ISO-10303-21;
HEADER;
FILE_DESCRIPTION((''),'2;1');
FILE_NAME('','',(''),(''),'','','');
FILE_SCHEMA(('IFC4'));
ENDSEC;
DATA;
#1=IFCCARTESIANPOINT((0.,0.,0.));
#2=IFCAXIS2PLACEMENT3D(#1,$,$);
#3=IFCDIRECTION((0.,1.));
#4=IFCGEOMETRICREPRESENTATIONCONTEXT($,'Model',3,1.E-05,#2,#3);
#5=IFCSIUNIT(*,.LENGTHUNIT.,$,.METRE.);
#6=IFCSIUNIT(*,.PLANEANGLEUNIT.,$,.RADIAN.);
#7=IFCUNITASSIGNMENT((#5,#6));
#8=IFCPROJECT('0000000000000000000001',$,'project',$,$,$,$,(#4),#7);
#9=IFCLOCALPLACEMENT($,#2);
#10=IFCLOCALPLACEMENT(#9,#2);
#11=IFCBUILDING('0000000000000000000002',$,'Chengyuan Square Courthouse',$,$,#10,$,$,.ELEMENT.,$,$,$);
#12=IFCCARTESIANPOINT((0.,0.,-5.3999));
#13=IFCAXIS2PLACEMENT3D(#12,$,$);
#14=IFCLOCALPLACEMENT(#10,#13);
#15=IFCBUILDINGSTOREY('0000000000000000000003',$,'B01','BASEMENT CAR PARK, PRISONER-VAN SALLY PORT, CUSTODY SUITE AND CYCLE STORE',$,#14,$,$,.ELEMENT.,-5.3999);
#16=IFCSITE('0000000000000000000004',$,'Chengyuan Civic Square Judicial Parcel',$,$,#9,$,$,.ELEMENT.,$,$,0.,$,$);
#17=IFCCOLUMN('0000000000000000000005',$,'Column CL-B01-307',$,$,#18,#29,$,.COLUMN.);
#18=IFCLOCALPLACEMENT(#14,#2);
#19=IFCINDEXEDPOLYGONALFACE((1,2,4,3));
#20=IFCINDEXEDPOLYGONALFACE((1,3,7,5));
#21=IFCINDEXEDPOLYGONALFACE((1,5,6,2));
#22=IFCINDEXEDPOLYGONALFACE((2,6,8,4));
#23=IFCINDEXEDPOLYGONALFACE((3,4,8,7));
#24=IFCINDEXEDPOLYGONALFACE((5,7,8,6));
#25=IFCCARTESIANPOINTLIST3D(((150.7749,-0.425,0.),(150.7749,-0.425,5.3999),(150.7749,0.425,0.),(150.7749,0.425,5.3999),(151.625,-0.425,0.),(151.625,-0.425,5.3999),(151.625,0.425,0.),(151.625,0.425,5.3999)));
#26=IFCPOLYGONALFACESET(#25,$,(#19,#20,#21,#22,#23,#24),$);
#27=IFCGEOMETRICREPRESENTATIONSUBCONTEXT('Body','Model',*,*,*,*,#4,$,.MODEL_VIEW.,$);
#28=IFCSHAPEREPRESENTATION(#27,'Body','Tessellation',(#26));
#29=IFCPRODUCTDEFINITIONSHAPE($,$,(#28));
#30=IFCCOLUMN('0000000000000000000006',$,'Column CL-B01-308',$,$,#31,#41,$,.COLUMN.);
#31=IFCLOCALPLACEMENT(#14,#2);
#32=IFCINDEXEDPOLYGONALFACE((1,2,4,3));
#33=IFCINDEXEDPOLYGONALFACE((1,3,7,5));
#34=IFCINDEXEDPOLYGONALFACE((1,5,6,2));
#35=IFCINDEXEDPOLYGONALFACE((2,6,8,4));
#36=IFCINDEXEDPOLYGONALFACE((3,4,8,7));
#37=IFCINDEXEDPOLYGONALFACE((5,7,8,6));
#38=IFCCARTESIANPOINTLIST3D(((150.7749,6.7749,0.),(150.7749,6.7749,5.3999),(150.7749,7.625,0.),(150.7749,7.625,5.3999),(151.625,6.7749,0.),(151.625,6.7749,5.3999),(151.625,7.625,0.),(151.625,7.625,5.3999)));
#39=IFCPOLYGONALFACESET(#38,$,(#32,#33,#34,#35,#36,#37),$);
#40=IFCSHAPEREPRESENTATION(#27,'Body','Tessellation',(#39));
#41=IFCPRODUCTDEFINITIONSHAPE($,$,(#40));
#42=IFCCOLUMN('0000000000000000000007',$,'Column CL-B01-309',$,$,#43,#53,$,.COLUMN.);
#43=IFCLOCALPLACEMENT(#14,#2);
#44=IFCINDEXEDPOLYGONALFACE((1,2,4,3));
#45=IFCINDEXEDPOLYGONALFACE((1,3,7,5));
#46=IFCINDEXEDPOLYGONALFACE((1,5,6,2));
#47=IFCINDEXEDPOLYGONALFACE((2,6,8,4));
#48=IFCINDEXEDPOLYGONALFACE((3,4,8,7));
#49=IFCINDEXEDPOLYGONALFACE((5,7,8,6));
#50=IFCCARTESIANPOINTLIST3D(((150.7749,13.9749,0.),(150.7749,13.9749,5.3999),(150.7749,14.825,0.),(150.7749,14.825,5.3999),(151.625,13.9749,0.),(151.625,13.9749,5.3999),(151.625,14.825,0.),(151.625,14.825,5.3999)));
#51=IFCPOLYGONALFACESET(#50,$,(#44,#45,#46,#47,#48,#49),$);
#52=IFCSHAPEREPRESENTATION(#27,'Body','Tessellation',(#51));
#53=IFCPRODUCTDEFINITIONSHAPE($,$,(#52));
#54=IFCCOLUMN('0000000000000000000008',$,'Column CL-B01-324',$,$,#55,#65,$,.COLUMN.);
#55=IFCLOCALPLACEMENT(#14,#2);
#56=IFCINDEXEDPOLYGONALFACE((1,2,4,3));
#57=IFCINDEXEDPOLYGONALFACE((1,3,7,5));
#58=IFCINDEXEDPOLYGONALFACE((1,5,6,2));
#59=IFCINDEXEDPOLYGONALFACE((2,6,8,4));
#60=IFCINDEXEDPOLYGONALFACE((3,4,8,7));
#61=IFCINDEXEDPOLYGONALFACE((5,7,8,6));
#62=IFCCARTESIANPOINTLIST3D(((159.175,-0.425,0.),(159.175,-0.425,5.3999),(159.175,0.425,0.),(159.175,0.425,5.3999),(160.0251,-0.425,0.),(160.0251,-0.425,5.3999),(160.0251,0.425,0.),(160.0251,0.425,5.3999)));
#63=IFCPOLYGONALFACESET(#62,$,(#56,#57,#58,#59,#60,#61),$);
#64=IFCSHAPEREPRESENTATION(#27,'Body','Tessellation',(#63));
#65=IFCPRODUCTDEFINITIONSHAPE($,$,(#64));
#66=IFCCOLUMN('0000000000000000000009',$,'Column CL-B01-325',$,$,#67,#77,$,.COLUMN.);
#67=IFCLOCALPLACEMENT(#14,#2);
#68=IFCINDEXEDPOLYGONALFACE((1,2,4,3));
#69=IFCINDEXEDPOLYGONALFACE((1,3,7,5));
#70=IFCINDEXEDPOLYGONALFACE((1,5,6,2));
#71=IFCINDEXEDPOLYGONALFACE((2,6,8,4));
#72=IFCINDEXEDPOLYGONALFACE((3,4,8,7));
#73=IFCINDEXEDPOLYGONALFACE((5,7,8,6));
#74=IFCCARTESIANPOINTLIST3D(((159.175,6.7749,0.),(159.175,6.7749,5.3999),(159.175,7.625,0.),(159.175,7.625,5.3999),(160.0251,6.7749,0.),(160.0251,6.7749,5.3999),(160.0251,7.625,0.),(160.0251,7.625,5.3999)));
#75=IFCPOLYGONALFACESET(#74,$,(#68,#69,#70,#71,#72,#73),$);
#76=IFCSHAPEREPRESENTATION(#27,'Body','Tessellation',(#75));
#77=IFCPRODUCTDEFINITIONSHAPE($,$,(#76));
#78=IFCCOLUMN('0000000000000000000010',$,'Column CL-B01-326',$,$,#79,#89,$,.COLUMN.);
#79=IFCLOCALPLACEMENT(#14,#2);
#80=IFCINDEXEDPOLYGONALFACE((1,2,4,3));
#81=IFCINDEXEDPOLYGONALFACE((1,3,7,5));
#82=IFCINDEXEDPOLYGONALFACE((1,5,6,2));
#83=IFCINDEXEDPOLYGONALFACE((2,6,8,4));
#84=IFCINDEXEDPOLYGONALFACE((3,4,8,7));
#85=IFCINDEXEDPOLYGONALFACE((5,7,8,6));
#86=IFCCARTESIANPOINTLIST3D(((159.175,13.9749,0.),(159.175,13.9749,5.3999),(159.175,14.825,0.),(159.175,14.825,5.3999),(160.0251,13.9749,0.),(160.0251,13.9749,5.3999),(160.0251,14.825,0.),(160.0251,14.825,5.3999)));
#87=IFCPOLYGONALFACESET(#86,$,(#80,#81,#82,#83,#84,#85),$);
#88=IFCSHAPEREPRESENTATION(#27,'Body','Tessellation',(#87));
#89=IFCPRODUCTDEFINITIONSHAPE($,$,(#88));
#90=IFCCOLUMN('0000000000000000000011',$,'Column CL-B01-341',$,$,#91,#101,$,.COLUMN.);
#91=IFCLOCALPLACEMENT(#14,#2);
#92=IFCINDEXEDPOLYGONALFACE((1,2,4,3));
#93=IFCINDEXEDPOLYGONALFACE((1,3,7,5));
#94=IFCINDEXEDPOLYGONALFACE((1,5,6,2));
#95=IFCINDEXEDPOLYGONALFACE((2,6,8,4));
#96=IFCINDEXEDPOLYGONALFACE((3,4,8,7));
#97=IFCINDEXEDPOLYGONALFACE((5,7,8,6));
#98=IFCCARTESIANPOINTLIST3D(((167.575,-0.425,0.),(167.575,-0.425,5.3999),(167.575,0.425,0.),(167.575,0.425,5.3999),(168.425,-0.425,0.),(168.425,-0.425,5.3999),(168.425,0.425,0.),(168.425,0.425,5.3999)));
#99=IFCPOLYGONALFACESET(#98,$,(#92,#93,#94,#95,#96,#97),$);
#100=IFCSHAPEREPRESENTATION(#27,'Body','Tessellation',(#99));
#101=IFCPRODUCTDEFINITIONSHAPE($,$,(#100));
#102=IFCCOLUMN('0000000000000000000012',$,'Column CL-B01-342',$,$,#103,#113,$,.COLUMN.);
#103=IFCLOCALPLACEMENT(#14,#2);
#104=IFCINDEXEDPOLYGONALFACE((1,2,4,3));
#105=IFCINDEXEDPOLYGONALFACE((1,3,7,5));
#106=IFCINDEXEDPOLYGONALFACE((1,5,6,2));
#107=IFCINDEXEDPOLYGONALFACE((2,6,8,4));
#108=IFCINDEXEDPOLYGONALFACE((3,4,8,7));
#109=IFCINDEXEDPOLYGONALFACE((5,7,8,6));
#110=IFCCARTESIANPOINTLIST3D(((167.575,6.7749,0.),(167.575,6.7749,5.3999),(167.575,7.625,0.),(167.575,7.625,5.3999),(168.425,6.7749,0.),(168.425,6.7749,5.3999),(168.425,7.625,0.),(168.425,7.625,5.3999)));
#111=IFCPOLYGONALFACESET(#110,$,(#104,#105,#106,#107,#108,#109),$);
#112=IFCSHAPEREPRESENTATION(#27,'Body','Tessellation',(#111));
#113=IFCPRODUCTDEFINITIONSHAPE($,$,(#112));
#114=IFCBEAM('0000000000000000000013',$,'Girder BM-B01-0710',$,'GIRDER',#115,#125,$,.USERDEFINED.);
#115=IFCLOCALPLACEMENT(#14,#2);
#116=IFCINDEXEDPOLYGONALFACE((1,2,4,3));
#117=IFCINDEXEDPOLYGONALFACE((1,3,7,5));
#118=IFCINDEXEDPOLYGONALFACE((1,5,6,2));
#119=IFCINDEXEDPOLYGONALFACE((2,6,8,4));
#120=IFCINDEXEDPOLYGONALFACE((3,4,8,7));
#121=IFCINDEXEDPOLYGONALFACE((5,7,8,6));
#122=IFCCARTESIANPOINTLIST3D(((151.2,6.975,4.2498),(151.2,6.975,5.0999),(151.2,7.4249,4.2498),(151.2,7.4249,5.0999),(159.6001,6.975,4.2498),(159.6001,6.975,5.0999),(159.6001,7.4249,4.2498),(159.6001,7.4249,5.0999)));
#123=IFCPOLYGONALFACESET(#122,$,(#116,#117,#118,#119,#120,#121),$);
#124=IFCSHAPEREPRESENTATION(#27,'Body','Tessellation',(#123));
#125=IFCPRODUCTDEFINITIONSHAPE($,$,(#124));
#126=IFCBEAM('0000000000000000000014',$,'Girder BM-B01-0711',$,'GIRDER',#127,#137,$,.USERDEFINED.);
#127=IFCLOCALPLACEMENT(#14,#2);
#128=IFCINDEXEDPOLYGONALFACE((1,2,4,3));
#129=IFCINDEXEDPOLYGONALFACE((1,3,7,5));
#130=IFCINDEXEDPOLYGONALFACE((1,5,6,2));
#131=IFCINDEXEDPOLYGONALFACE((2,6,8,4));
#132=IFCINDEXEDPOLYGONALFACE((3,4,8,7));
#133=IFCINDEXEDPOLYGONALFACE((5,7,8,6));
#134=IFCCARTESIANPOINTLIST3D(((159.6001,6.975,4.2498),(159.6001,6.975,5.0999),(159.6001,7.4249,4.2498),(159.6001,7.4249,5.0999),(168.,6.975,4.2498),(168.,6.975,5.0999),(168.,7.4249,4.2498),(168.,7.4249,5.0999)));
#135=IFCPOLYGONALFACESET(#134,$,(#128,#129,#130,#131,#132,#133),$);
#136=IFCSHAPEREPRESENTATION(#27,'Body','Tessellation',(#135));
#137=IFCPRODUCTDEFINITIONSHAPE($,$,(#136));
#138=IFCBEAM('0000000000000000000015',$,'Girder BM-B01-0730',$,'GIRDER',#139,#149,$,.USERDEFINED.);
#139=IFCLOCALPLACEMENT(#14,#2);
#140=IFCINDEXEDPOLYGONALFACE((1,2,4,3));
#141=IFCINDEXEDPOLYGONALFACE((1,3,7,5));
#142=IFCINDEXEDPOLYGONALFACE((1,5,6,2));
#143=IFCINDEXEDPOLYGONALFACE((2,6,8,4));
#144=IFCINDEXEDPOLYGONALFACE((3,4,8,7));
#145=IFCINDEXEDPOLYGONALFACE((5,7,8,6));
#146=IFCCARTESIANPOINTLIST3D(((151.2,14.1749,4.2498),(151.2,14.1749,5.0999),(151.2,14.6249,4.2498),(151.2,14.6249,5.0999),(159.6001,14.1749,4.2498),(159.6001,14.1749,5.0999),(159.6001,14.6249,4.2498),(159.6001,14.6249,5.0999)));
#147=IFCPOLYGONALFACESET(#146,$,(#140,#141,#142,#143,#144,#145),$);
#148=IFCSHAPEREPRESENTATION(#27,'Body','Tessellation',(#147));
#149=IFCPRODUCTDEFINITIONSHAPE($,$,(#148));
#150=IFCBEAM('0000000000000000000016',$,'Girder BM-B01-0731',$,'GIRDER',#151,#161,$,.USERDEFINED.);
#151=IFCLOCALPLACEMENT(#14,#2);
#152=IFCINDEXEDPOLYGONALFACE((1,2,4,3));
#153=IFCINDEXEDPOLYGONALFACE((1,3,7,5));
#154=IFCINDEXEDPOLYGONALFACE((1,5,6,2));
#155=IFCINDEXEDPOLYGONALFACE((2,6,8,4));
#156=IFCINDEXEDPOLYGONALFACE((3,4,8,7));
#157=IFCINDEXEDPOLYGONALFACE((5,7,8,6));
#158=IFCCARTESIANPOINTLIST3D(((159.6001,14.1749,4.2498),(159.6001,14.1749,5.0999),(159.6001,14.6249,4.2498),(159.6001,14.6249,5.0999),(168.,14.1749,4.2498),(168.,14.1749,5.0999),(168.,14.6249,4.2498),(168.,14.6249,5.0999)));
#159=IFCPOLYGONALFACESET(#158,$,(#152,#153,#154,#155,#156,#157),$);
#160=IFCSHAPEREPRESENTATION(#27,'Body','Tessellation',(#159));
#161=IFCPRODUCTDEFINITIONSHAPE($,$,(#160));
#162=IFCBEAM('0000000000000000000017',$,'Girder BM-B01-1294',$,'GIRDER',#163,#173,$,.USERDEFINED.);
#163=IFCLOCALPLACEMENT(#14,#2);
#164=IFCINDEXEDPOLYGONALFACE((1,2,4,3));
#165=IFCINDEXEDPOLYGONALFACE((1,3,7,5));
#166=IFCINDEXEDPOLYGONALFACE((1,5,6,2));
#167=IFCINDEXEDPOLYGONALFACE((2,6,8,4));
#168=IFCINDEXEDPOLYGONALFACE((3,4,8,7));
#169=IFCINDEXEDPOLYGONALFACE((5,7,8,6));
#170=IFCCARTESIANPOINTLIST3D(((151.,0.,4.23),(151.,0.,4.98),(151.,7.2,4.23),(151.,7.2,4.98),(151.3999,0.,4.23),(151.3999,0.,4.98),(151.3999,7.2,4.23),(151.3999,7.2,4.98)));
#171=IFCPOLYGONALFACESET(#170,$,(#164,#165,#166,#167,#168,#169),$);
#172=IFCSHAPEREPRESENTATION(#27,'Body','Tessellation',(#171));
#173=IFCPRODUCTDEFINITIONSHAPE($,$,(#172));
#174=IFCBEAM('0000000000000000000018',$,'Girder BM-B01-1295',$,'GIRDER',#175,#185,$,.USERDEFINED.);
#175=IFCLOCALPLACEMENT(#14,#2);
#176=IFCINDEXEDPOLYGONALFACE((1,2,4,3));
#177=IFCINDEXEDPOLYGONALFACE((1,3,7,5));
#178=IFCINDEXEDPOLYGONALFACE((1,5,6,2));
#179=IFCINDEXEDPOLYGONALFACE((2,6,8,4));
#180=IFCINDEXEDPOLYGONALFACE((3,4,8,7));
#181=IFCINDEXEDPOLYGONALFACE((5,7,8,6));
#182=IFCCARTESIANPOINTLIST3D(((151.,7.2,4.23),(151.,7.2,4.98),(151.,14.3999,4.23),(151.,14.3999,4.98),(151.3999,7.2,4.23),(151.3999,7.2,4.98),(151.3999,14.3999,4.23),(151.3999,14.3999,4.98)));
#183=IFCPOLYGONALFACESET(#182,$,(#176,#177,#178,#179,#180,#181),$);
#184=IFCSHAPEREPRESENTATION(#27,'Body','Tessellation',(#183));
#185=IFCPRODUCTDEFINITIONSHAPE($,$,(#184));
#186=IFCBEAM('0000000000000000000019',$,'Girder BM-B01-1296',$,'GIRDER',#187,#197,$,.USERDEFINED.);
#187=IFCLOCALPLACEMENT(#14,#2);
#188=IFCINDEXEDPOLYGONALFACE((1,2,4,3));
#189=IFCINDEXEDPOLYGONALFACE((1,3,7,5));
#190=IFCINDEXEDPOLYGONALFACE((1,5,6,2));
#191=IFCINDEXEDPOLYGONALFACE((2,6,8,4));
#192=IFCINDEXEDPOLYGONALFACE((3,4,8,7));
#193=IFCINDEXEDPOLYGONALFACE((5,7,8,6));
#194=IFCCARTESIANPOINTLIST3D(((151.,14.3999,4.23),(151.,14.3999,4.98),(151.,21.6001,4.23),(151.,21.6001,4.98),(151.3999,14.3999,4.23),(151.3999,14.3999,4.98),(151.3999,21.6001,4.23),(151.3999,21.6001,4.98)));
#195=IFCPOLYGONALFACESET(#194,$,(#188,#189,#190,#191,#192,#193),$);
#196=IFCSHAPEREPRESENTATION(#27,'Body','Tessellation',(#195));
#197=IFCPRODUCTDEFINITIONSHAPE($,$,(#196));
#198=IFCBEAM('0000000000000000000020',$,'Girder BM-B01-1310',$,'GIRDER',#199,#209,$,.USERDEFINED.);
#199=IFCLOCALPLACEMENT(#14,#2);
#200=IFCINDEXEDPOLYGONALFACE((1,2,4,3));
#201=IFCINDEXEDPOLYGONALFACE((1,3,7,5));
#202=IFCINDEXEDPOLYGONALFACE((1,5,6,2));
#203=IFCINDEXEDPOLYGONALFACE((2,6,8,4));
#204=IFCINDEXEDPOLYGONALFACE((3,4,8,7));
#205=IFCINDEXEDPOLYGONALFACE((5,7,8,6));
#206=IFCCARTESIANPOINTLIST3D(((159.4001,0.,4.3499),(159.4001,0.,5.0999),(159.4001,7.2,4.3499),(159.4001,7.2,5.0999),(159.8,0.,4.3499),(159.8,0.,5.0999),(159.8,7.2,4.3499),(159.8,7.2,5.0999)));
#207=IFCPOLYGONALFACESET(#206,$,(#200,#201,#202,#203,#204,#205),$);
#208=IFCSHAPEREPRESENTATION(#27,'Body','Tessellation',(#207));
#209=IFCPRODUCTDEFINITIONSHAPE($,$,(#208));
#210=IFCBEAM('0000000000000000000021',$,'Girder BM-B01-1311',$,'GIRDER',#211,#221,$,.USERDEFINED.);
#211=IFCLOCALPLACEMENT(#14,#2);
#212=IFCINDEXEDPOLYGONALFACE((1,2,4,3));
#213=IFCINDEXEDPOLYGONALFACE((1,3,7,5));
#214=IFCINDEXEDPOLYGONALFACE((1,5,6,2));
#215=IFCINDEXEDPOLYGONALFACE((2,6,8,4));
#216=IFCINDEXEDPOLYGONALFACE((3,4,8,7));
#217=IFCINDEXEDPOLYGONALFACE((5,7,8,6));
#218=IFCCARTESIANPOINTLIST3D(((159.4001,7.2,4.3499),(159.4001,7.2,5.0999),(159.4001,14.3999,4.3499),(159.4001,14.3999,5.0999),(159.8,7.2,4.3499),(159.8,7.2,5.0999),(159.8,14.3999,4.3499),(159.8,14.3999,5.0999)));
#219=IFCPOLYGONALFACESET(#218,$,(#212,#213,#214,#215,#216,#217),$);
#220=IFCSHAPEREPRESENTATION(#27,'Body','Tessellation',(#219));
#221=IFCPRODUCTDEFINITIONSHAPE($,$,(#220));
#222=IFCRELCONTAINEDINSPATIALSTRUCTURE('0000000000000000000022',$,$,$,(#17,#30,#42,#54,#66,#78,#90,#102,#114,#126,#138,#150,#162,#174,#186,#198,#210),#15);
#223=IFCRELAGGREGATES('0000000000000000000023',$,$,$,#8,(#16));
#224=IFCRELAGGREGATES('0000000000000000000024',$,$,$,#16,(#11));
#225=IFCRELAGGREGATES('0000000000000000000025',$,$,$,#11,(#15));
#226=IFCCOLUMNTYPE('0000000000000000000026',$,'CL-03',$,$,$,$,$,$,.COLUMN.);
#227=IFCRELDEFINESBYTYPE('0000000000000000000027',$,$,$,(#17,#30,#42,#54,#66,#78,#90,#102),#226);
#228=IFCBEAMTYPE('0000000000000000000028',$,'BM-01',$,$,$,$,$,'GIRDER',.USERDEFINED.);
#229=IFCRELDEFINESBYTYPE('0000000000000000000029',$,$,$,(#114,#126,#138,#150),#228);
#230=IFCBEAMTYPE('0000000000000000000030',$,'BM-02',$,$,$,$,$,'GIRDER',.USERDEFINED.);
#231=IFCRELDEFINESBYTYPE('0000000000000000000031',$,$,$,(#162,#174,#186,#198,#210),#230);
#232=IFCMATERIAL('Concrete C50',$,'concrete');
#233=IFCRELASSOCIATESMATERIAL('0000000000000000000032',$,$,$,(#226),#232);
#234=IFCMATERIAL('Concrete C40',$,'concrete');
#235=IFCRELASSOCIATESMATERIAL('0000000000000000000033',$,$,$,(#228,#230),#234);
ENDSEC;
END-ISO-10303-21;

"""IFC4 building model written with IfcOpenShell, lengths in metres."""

from ifc_helpers import new_model, si_unit, direction, frame, origin, origin_2d, place, context, subcontext, project, spatial, rectangle, extrude, material, material_profile, profile_set, type_object, element, save


model = new_model("IFC4")

# Units and contexts
model_context = context("Model", 3, precision=1e-05, world=origin(), true_north=direction((0.0, 1.0)))
body_context = subcontext(model_context, "Body", "Model", "MODEL_VIEW")
ifc_project = project(units=[si_unit("LENGTHUNIT", "METRE"), si_unit("PLANEANGLEUNIT", "RADIAN")], contexts=[model_context])

# Site, building, storey
site_placement = place(None, origin())
site = spatial("IfcSite", under=ifc_project, at=site_placement, Name="Chengyuan Civic Square Judicial Parcel", CompositionType="ELEMENT", RefElevation=0.0)
building_placement = place(site_placement, origin())
building = spatial("IfcBuilding", under=site, at=building_placement, Name="Chengyuan Square Courthouse", CompositionType="ELEMENT")
storey_placement = place(building_placement, frame((0.0, 0.0, -5.3999)))
storey = spatial("IfcBuildingStorey", under=building, at=storey_placement, Name="B01", Description="BASEMENT CAR PARK, PRISONER-VAN SALLY PORT, CUSTODY SUITE AND CYCLE STORE", CompositionType="ELEMENT", Elevation=-5.3999)

# Columns
ifc_material_1 = material(Name="Concrete C50", Category="concrete")
ifc_material_profile_1 = material_profile(ifc_material_1, rectangle(XDim=0.8501, YDim=0.8501, at=origin_2d()), Name="RC-COL-850x850")
ifc_profile_set_1 = profile_set([ifc_material_profile_1], Name="Concrete C50")
column_type = type_object("IfcColumnType", Name="CL-03", PredefinedType="COLUMN", material=ifc_profile_set_1)
for number, where, z_axis, x_axis, name in (
    (1, (151.2, 0.0, 0.0), (0.0, 0.0, 1.0), (1.0, 0.0, 0.0), "Column CL-B01-307"),
    (2, (151.2, 7.2, 0.0), (0.0, 0.0, 1.0), (1.0, 0.0, 0.0), "Column CL-B01-308"),
    (3, (151.2, 14.3999, 0.0), (0.0, 0.0, 1.0), (1.0, 0.0, 0.0), "Column CL-B01-309"),
    (4, (159.6001, 0.0, 0.0), (0.0, 0.0, 1.0), (1.0, 0.0, 0.0), "Column CL-B01-324"),
    (5, (159.6001, 7.2, 0.0), (0.0, 0.0, 1.0), (1.0, 0.0, 0.0), "Column CL-B01-325"),
    (6, (159.6001, 14.3999, 0.0), (0.0, 0.0, 1.0), (1.0, 0.0, 0.0), "Column CL-B01-326"),
    (7, (168.0, 0.0, 0.0), (0.0, 0.0, 1.0), (1.0, 0.0, 0.0), "Column CL-B01-341"),
    (8, (168.0, 7.2, 0.0), (0.0, 0.0, 1.0), (1.0, 0.0, 0.0), "Column CL-B01-342"),
):
    element("IfcColumn", number, at=place(storey_placement, frame(where, z_axis=z_axis, x_axis=x_axis)), inside=storey, type_object=column_type, Name=name, PredefinedType="COLUMN", context=body_context, shape_type="SweptSolid", body=[
        extrude(rectangle(XDim=0.8501, YDim=0.8501, at=origin_2d()), origin(), (0.0, 0.0, 1.0), 5.3999),
    ])

# Beams
ifc_material_2 = material(Name="Concrete C40", Category="concrete")
ifc_material_profile_2 = material_profile(ifc_material_2, rectangle(XDim=0.45, YDim=0.8501, at=origin_2d()), Name="RC-BM-450x850")
ifc_profile_set_2 = profile_set([ifc_material_profile_2], Name="Concrete C40")
beam_type_1 = type_object("IfcBeamType", Name="BM-01", ElementType="GIRDER", PredefinedType="USERDEFINED", material=ifc_profile_set_2)
beam_1_placement = place(storey_placement, frame((151.2, 7.2, 4.6748), z_axis=(1.0, 0.0, 0.0), x_axis=(0.0, 1.0, 0.0)))
element("IfcBeam", 9, at=beam_1_placement, inside=storey, type_object=beam_type_1, Name="Girder BM-B01-0710", ObjectType="GIRDER", PredefinedType="USERDEFINED", context=body_context, shape_type="SweptSolid", body=[
    extrude(rectangle(XDim=0.45, YDim=0.8501, at=origin_2d()), origin(), (0.0, 0.0, 1.0), 8.4001),
])
beam_2_placement = place(storey_placement, frame((159.6001, 7.2, 4.6748), z_axis=(1.0, 0.0, 0.0), x_axis=(0.0, 1.0, 0.0)))
element("IfcBeam", 10, at=beam_2_placement, inside=storey, type_object=beam_type_1, Name="Girder BM-B01-0711", ObjectType="GIRDER", PredefinedType="USERDEFINED", context=body_context, shape_type="SweptSolid", body=[
    extrude(rectangle(XDim=0.45, YDim=0.8501, at=origin_2d()), origin(), (0.0, 0.0, 1.0), 8.3999),
])
beam_3_placement = place(storey_placement, frame((151.2, 14.3999, 4.6748), z_axis=(1.0, 0.0, 0.0), x_axis=(0.0, 1.0, 0.0)))
element("IfcBeam", 11, at=beam_3_placement, inside=storey, type_object=beam_type_1, Name="Girder BM-B01-0730", ObjectType="GIRDER", PredefinedType="USERDEFINED", context=body_context, shape_type="SweptSolid", body=[
    extrude(rectangle(XDim=0.45, YDim=0.8501, at=origin_2d()), origin(), (0.0, 0.0, 1.0), 8.4001),
])
beam_4_placement = place(storey_placement, frame((159.6001, 14.3999, 4.6748), z_axis=(1.0, 0.0, 0.0), x_axis=(0.0, 1.0, 0.0)))
element("IfcBeam", 12, at=beam_4_placement, inside=storey, type_object=beam_type_1, Name="Girder BM-B01-0731", ObjectType="GIRDER", PredefinedType="USERDEFINED", context=body_context, shape_type="SweptSolid", body=[
    extrude(rectangle(XDim=0.45, YDim=0.8501, at=origin_2d()), origin(), (0.0, 0.0, 1.0), 8.3999),
])
ifc_material_profile_3 = material_profile(ifc_material_2, rectangle(XDim=0.3999, YDim=0.75, at=origin_2d()), Name="RC-BM-400x750")
ifc_profile_set_3 = profile_set([ifc_material_profile_3], Name="Concrete C40")
beam_type_2 = type_object("IfcBeamType", Name="BM-02", ElementType="GIRDER", PredefinedType="USERDEFINED", material=ifc_profile_set_3)
for number, where, z_axis, x_axis, name in (
    (13, (151.2, 0.0, 4.605), (0.0, 1.0, 0.0), (-1.0, 0.0, 0.0), "Girder BM-B01-1294"),
    (14, (151.2, 7.2, 4.605), (0.0, 1.0, 0.0), (-1.0, 0.0, 0.0), "Girder BM-B01-1295"),
):
    element("IfcBeam", number, at=place(storey_placement, frame(where, z_axis=z_axis, x_axis=x_axis)), inside=storey, type_object=beam_type_2, Name=name, ObjectType="GIRDER", PredefinedType="USERDEFINED", context=body_context, shape_type="SweptSolid", body=[
        extrude(rectangle(XDim=0.3999, YDim=0.75, at=origin_2d()), origin(), (0.0, 0.0, 1.0), 7.2),
    ])
beam_5_placement = place(storey_placement, frame((151.2, 14.3999, 4.605), z_axis=(0.0, 1.0, 0.0), x_axis=(-1.0, 0.0, 0.0)))
element("IfcBeam", 15, at=beam_5_placement, inside=storey, type_object=beam_type_2, Name="Girder BM-B01-1296", ObjectType="GIRDER", PredefinedType="USERDEFINED", context=body_context, shape_type="SweptSolid", body=[
    extrude(rectangle(XDim=0.3999, YDim=0.75, at=origin_2d()), origin(), (0.0, 0.0, 1.0), 7.2002),
])
for number, where, z_axis, x_axis, name in (
    (16, (159.6001, 0.0, 4.7249), (0.0, 1.0, 0.0), (-1.0, 0.0, 0.0), "Girder BM-B01-1310"),
    (17, (159.6001, 7.2, 4.7249), (0.0, 1.0, 0.0), (-1.0, 0.0, 0.0), "Girder BM-B01-1311"),
):
    element("IfcBeam", number, at=place(storey_placement, frame(where, z_axis=z_axis, x_axis=x_axis)), inside=storey, type_object=beam_type_2, Name=name, ObjectType="GIRDER", PredefinedType="USERDEFINED", context=body_context, shape_type="SweptSolid", body=[
        extrude(rectangle(XDim=0.3999, YDim=0.75, at=origin_2d()), origin(), (0.0, 0.0, 1.0), 7.2),
    ])

save(model, "model.ifc")
